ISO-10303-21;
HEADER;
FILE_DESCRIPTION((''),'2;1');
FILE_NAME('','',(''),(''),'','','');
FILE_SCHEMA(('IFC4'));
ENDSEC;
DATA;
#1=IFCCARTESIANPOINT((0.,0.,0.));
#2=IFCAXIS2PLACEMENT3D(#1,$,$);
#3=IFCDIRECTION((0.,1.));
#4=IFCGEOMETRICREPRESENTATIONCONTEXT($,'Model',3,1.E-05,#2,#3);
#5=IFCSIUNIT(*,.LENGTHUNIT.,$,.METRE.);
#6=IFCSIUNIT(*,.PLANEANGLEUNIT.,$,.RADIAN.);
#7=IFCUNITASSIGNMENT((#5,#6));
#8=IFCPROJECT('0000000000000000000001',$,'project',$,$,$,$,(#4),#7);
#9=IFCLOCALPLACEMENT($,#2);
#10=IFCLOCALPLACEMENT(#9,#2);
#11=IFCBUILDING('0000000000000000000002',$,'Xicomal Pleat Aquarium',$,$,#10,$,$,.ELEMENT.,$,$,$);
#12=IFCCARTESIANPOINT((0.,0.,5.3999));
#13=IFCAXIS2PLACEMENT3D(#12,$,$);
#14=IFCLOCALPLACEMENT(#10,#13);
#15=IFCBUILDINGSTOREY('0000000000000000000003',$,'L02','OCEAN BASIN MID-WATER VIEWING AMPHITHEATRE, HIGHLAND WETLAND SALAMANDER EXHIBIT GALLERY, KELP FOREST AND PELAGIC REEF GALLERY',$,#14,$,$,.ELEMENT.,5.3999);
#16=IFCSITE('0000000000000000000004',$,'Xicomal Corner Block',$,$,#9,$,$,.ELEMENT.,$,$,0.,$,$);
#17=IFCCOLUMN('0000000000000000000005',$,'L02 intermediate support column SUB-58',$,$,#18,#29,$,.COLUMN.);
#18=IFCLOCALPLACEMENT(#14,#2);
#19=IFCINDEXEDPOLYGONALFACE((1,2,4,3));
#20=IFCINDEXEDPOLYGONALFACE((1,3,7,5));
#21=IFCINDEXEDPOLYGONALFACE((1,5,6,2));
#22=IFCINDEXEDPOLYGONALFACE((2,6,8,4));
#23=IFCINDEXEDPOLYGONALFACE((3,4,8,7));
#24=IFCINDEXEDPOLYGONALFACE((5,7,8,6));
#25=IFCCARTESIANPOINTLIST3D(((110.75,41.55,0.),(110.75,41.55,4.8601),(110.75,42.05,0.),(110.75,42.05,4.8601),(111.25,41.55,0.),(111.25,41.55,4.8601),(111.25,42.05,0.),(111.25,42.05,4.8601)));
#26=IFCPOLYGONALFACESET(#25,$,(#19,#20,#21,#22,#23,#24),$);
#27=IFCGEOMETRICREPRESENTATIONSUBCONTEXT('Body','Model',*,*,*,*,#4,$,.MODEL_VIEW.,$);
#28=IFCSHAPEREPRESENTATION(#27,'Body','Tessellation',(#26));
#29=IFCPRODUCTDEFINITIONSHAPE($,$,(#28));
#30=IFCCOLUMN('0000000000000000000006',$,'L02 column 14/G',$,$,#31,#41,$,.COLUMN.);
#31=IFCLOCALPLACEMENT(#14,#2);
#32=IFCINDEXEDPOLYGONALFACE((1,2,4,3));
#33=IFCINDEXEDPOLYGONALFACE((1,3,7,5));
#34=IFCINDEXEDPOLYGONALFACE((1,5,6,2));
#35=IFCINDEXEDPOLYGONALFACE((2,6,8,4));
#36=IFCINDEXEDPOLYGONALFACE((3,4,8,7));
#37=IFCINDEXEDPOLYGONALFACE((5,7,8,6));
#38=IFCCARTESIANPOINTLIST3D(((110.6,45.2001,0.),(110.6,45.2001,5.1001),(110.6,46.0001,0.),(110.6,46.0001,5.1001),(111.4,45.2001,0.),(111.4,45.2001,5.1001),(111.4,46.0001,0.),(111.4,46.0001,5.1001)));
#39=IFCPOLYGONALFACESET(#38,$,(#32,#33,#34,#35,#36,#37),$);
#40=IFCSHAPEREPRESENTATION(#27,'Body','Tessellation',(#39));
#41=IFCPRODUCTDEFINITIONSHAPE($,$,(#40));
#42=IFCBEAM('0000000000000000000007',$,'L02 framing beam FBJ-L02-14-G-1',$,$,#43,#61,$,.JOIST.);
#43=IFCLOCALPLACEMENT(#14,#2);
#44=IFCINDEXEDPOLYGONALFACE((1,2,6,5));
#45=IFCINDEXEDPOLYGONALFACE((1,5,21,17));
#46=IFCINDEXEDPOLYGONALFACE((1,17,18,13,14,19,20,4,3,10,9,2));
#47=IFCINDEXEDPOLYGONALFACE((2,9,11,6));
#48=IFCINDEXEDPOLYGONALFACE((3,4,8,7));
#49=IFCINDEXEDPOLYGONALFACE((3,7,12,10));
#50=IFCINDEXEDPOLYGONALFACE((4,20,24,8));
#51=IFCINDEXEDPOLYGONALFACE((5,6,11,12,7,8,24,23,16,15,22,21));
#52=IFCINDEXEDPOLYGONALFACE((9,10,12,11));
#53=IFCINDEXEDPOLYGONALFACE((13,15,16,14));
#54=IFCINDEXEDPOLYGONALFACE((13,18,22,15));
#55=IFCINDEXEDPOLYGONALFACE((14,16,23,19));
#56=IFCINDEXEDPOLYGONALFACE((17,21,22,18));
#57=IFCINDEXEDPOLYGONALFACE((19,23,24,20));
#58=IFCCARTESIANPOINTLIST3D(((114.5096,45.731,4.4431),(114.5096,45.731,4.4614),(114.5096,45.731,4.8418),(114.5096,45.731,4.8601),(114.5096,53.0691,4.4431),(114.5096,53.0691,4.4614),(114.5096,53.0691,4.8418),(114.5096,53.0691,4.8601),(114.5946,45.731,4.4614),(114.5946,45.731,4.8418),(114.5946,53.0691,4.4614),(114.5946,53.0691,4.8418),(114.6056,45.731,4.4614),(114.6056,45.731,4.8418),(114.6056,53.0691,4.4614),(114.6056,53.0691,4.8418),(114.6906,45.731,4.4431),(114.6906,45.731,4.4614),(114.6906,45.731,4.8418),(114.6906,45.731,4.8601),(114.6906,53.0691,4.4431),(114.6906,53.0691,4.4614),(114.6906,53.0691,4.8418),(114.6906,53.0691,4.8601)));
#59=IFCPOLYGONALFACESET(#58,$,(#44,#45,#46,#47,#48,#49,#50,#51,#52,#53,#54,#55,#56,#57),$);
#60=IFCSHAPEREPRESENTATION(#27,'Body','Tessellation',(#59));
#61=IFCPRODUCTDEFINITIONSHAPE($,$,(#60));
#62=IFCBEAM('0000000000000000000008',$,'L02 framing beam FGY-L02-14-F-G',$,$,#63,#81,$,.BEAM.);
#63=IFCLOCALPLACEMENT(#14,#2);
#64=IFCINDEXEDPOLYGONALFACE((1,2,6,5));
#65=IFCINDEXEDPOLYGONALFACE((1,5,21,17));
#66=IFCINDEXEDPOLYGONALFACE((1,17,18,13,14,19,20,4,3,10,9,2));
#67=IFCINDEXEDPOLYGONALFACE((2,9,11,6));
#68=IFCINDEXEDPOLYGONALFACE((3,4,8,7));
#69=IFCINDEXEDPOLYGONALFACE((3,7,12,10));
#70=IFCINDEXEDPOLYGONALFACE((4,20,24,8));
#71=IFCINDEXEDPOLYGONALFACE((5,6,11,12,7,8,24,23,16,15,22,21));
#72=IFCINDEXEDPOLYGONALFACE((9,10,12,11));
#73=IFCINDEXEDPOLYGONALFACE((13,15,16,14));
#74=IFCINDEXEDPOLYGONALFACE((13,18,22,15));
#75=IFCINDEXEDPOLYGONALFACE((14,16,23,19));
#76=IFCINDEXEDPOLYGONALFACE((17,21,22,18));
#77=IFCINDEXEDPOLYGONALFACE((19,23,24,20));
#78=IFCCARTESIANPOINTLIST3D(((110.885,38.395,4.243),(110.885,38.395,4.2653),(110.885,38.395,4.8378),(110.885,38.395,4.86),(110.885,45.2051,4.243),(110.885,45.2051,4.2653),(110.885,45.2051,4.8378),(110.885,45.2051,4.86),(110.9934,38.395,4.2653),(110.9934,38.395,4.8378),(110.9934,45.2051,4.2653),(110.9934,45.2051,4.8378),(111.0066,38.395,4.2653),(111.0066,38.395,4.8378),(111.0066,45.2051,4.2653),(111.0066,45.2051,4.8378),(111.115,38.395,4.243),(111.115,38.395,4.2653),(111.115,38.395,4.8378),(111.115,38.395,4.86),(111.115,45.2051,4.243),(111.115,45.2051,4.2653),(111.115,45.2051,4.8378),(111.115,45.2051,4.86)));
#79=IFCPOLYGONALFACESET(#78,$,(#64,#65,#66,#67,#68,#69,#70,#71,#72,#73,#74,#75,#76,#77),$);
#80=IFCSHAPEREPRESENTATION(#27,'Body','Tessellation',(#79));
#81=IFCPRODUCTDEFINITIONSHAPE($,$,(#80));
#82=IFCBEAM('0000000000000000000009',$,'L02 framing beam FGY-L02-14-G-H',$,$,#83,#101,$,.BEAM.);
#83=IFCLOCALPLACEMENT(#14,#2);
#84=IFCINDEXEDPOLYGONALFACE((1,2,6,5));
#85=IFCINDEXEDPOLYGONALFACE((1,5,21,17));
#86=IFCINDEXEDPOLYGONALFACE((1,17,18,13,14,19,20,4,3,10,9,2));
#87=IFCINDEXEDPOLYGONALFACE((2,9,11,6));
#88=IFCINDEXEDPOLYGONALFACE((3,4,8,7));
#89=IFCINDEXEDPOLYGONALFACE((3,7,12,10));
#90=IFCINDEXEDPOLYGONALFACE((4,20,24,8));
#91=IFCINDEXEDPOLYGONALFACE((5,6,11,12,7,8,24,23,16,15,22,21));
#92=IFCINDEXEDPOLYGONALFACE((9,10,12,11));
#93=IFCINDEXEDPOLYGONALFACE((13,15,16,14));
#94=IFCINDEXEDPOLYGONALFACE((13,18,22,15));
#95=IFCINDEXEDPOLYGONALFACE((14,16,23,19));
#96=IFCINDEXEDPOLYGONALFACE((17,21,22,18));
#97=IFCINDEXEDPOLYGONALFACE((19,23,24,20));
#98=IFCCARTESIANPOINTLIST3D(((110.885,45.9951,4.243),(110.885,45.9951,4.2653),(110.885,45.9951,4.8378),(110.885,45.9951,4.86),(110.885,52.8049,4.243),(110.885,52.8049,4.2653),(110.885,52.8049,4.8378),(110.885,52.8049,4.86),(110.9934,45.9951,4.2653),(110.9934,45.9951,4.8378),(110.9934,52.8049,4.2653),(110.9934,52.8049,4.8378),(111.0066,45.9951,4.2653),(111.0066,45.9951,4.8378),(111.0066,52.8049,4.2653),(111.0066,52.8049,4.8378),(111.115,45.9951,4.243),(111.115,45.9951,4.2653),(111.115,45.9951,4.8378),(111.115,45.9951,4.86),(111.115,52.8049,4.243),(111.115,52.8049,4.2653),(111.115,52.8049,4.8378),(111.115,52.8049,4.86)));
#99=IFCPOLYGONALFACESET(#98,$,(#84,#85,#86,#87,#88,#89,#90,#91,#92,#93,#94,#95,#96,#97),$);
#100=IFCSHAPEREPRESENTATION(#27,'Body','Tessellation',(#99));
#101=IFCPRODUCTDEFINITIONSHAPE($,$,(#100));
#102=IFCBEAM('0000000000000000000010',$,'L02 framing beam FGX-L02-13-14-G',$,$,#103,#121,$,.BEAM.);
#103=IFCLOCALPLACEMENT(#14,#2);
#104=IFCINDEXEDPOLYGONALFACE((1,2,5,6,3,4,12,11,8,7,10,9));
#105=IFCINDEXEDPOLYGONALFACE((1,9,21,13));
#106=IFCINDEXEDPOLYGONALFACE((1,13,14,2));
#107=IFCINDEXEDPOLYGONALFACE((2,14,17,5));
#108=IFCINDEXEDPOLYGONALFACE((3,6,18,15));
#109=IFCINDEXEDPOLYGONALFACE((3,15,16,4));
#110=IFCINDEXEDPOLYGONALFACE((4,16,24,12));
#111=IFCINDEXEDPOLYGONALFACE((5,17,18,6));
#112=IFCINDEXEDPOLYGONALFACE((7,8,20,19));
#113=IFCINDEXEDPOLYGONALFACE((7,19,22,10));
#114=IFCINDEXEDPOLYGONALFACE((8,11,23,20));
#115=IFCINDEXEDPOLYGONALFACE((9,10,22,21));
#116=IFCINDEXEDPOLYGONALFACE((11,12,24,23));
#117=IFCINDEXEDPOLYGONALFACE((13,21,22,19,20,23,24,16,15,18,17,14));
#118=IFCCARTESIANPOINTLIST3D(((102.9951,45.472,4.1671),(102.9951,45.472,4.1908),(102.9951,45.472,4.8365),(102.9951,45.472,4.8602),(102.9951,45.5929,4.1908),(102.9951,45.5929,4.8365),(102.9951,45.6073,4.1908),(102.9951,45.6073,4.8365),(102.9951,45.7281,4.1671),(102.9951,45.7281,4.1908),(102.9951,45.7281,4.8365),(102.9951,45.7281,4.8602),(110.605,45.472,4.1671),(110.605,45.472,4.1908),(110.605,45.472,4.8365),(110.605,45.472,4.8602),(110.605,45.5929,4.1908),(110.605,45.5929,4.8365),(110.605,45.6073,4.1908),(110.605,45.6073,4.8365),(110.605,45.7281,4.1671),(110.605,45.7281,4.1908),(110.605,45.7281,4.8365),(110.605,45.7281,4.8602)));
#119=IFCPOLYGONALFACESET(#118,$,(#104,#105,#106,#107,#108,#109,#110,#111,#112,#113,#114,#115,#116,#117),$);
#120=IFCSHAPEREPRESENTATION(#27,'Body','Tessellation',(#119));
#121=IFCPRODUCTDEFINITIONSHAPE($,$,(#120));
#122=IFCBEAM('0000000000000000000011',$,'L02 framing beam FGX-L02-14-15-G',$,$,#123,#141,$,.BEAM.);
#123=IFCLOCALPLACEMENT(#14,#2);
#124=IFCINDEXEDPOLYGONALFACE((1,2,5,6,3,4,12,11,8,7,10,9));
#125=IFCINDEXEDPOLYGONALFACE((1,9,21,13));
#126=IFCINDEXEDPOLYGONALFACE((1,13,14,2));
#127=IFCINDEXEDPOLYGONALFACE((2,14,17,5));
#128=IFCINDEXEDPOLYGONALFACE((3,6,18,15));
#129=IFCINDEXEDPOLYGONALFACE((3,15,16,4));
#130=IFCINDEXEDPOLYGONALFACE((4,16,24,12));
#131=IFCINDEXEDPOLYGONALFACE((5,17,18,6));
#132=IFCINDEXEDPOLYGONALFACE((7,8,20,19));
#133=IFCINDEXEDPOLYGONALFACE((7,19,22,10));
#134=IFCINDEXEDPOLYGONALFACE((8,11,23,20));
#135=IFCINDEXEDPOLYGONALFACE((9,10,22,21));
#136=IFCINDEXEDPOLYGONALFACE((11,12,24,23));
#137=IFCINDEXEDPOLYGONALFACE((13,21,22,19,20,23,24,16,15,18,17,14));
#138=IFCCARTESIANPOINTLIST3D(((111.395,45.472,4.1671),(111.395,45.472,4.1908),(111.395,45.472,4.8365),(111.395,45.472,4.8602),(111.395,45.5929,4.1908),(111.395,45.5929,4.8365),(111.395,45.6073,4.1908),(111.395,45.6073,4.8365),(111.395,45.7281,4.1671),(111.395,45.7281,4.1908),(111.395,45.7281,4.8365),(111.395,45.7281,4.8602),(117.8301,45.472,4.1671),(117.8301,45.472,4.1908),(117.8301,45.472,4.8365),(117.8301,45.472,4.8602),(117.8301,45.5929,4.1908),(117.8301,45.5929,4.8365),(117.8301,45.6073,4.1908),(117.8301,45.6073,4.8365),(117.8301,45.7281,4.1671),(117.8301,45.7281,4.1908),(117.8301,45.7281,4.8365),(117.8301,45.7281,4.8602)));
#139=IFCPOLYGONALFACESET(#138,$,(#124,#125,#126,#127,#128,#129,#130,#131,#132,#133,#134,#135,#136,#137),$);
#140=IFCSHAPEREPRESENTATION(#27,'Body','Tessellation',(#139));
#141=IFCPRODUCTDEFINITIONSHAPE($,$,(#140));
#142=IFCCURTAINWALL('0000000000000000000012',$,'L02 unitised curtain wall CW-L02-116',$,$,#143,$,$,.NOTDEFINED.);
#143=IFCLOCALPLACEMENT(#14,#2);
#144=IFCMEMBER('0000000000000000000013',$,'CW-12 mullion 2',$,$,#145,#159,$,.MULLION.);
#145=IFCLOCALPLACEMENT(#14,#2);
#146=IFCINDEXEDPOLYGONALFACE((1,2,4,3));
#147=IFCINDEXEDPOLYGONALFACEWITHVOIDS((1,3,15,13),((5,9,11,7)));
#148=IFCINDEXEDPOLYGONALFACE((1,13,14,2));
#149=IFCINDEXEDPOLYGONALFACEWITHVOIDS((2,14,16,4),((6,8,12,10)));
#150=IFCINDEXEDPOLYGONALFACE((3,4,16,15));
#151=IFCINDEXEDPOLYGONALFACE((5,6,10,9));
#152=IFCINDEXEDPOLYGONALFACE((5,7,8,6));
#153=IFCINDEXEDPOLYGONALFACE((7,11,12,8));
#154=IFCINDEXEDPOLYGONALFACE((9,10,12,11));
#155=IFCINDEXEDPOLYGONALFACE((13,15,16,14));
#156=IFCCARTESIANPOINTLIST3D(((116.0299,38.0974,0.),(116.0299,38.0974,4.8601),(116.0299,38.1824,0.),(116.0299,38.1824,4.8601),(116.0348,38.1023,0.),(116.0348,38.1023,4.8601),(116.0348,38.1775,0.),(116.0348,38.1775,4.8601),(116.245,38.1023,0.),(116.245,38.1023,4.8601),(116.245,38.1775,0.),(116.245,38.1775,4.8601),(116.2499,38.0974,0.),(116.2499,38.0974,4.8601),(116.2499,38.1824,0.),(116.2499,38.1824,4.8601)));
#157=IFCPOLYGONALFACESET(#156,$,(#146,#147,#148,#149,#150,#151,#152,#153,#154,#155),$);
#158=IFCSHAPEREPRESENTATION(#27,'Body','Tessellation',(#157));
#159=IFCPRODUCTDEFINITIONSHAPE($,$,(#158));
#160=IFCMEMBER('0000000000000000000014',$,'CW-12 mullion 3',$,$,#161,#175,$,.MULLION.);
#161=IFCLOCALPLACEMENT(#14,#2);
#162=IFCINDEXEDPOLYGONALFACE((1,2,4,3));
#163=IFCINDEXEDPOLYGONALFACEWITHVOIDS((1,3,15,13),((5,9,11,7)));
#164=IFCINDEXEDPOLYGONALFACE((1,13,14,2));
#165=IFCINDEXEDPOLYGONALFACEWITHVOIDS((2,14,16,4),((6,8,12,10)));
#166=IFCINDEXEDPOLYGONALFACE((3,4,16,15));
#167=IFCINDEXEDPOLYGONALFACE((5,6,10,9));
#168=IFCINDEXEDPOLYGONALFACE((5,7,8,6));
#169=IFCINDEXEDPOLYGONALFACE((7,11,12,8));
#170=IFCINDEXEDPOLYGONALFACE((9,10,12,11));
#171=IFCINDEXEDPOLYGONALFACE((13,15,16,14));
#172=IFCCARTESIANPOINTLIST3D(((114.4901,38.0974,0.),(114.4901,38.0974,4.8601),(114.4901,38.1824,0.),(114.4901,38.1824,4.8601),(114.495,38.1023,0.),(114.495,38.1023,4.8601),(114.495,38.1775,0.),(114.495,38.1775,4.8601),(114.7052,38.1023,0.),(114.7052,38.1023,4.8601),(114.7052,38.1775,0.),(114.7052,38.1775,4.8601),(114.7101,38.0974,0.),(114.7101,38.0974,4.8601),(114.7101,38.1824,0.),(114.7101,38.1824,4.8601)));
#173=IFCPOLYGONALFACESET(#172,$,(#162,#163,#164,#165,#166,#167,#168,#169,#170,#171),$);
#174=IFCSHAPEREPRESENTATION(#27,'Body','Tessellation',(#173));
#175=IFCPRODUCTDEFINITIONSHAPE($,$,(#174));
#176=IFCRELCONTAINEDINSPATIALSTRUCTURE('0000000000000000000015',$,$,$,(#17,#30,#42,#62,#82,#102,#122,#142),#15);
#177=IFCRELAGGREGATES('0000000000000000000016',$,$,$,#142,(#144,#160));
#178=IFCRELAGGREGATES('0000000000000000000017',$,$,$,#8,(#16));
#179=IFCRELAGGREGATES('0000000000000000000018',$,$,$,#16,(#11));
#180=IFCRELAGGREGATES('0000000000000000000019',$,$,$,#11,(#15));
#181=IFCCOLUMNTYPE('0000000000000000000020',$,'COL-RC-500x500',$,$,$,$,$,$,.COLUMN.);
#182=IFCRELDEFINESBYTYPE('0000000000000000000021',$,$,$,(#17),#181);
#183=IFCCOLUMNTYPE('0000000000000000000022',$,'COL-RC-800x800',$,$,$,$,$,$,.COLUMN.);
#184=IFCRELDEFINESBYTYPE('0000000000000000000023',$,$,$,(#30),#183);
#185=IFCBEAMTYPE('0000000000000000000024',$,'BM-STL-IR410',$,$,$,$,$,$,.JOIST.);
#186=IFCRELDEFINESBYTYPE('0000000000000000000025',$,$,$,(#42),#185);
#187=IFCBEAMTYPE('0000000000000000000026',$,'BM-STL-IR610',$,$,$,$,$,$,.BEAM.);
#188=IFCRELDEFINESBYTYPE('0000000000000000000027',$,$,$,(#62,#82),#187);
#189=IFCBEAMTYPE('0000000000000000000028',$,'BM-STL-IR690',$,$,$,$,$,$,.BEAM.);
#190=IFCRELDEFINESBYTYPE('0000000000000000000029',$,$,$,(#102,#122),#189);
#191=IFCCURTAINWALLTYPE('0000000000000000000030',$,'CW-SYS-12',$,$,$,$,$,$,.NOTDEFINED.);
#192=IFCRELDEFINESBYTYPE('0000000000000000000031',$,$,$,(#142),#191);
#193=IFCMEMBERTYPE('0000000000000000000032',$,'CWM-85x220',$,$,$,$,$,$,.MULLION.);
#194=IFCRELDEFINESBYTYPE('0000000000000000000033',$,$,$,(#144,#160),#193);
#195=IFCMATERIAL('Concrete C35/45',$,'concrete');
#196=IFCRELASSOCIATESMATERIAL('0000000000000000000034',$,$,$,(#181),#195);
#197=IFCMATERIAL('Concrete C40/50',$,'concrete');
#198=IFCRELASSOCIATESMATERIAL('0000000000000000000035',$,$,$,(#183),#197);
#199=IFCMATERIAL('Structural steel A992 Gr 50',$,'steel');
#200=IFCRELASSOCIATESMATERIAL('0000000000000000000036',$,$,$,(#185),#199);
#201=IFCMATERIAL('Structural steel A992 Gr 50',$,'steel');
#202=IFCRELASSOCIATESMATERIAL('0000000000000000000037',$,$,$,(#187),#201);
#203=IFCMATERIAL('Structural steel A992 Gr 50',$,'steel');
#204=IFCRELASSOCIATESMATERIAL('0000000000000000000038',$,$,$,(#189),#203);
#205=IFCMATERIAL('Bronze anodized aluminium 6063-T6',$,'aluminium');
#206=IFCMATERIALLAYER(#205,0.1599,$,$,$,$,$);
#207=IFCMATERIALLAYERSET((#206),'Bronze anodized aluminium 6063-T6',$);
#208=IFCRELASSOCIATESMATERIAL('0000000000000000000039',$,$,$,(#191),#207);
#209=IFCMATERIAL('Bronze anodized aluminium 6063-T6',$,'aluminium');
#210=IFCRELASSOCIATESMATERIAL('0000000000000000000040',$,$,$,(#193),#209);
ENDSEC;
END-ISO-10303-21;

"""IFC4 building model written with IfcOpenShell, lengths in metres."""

from ifc_helpers import new_model, si_unit, direction, frame, origin, origin_2d, place, context, subcontext, project, spatial, rectangle, hollow_rectangle, i_section, extrude, material, layer, layer_set, material_profile, profile_set, type_object, element, aggregate, save


model = new_model("IFC4")

# Units and contexts
model_context = context("Model", 3, precision=1e-05, world=origin(), true_north=direction((0.0, 1.0)))
body_context = subcontext(model_context, "Body", "Model", "MODEL_VIEW")
ifc_project = project(units=[si_unit("LENGTHUNIT", "METRE"), si_unit("PLANEANGLEUNIT", "RADIAN")], contexts=[model_context])

# Site, building, storey
site_placement = place(None, origin())
site = spatial("IfcSite", under=ifc_project, at=site_placement, Name="Xicomal Corner Block", CompositionType="ELEMENT", RefElevation=0.0)
building_placement = place(site_placement, origin())
building = spatial("IfcBuilding", under=site, at=building_placement, Name="Xicomal Pleat Aquarium", CompositionType="ELEMENT")
storey_placement = place(building_placement, frame((0.0, 0.0, 5.3999)))
storey = spatial("IfcBuildingStorey", under=building, at=storey_placement, Name="L02", Description="OCEAN BASIN MID-WATER VIEWING AMPHITHEATRE, HIGHLAND WETLAND SALAMANDER EXHIBIT GALLERY, KELP FOREST AND PELAGIC REEF GALLERY", CompositionType="ELEMENT", Elevation=5.3999)

# Columns
ifc_material_1 = material(Name="Concrete C35/45", Category="concrete")
ifc_material_profile_1 = material_profile(ifc_material_1, rectangle(XDim=0.5, YDim=0.5, at=origin_2d()), Name="RC 500x500")
ifc_profile_set_1 = profile_set([ifc_material_profile_1], Name="Concrete C35/45")
column_type_1 = type_object("IfcColumnType", Name="COL-RC-500x500", PredefinedType="COLUMN", material=ifc_profile_set_1)
column_1_placement = place(storey_placement, frame((111.0, 41.8, 0.0), z_axis=(0.0, 0.0, 1.0), x_axis=(1.0, 0.0, 0.0)))
element("IfcColumn", 1, at=column_1_placement, inside=storey, type_object=column_type_1, Name="L02 intermediate support column SUB-58", PredefinedType="COLUMN", context=body_context, shape_type="SweptSolid", body=[
    extrude(rectangle(XDim=0.5, YDim=0.5, at=origin_2d()), origin(), (0.0, 0.0, 1.0), 4.8601),
])
ifc_material_2 = material(Name="Concrete C40/50", Category="concrete")
ifc_material_profile_2 = material_profile(ifc_material_2, rectangle(XDim=0.8, YDim=0.8, at=origin_2d()), Name="RC 800x800")
ifc_profile_set_2 = profile_set([ifc_material_profile_2], Name="Concrete C40/50")
column_type_2 = type_object("IfcColumnType", Name="COL-RC-800x800", PredefinedType="COLUMN", material=ifc_profile_set_2)
column_2_placement = place(storey_placement, frame((111.0, 45.6001, 0.0), z_axis=(0.0, 0.0, 1.0), x_axis=(1.0, 0.0, 0.0)))
element("IfcColumn", 2, at=column_2_placement, inside=storey, type_object=column_type_2, Name="L02 column 14/G", PredefinedType="COLUMN", context=body_context, shape_type="SweptSolid", body=[
    extrude(rectangle(XDim=0.8, YDim=0.8, at=origin_2d()), origin(), (0.0, 0.0, 1.0), 5.1001),
])

# Beams
ifc_material_3 = material(Name="Structural steel A992 Gr 50", Category="steel")
ifc_material_profile_3 = material_profile(ifc_material_3, i_section(OverallWidth=0.1809, OverallDepth=0.417, WebThickness=0.011, FlangeThickness=0.0183, at=origin_2d()), Name="IR 410x85")
ifc_profile_set_3 = profile_set([ifc_material_profile_3], Name="Structural steel A992 Gr 50")
beam_type_1 = type_object("IfcBeamType", Name="BM-STL-IR410", PredefinedType="JOIST", material=ifc_profile_set_3)
beam_1_placement = place(storey_placement, frame((114.6001, 45.731, 4.6516), z_axis=(0.0, 1.0, 0.0), x_axis=(-1.0, 0.0, 0.0)))
element("IfcBeam", 3, at=beam_1_placement, inside=storey, type_object=beam_type_1, Name="L02 framing beam FBJ-L02-14-G-1", PredefinedType="JOIST", context=body_context, shape_type="SweptSolid", body=[
    extrude(i_section(OverallWidth=0.1809, OverallDepth=0.417, WebThickness=0.011, FlangeThickness=0.0183, at=origin_2d()), origin(), (0.0, 0.0, 1.0), 7.3381),
])
ifc_material_4 = material(Name="Structural steel A992 Gr 50", Category="steel")
ifc_material_profile_4 = material_profile(ifc_material_4, i_section(OverallWidth=0.23, OverallDepth=0.6169, WebThickness=0.0132, FlangeThickness=0.0222, at=origin_2d()), Name="IR 610x140")
ifc_profile_set_4 = profile_set([ifc_material_profile_4], Name="Structural steel A992 Gr 50")
beam_type_2 = type_object("IfcBeamType", Name="BM-STL-IR610", PredefinedType="BEAM", material=ifc_profile_set_4)
beam_2_placement = place(storey_placement, frame((111.0, 38.395, 4.5515), z_axis=(0.0, 1.0, 0.0), x_axis=(-1.0, 0.0, 0.0)))
element("IfcBeam", 4, at=beam_2_placement, inside=storey, type_object=beam_type_2, Name="L02 framing beam FGY-L02-14-F-G", PredefinedType="BEAM", context=body_context, shape_type="SweptSolid", body=[
    extrude(i_section(OverallWidth=0.23, OverallDepth=0.6169, WebThickness=0.0132, FlangeThickness=0.0222, at=origin_2d()), origin(), (0.0, 0.0, 1.0), 6.8101),
])
beam_3_placement = place(storey_placement, frame((111.0, 45.9951, 4.5515), z_axis=(0.0, 1.0, 0.0), x_axis=(-1.0, 0.0, 0.0)))
element("IfcBeam", 5, at=beam_3_placement, inside=storey, type_object=beam_type_2, Name="L02 framing beam FGY-L02-14-G-H", PredefinedType="BEAM", context=body_context, shape_type="SweptSolid", body=[
    extrude(i_section(OverallWidth=0.23, OverallDepth=0.6169, WebThickness=0.0132, FlangeThickness=0.0222, at=origin_2d()), origin(), (0.0, 0.0, 1.0), 6.8098),
])
ifc_material_5 = material(Name="Structural steel A992 Gr 50", Category="steel")
ifc_material_profile_5 = material_profile(ifc_material_5, i_section(OverallWidth=0.2561, OverallDepth=0.6931, WebThickness=0.0144, FlangeThickness=0.0237, at=origin_2d()), Name="IR 690x170")
ifc_profile_set_5 = profile_set([ifc_material_profile_5], Name="Structural steel A992 Gr 50")
beam_type_3 = type_object("IfcBeamType", Name="BM-STL-IR690", PredefinedType="BEAM", material=ifc_profile_set_5)
beam_4_placement = place(storey_placement, frame((102.9951, 45.6001, 4.5137), z_axis=(1.0, 0.0, 0.0), x_axis=(0.0, 1.0, 0.0)))
element("IfcBeam", 6, at=beam_4_placement, inside=storey, type_object=beam_type_3, Name="L02 framing beam FGX-L02-13-14-G", PredefinedType="BEAM", context=body_context, shape_type="SweptSolid", body=[
    extrude(i_section(OverallWidth=0.2561, OverallDepth=0.6931, WebThickness=0.0144, FlangeThickness=0.0237, at=origin_2d()), origin(), (0.0, 0.0, 1.0), 7.6099),
])
beam_5_placement = place(storey_placement, frame((111.395, 45.6001, 4.5137), z_axis=(1.0, 0.0, 0.0), x_axis=(0.0, 1.0, 0.0)))
element("IfcBeam", 7, at=beam_5_placement, inside=storey, type_object=beam_type_3, Name="L02 framing beam FGX-L02-14-15-G", PredefinedType="BEAM", context=body_context, shape_type="SweptSolid", body=[
    extrude(i_section(OverallWidth=0.2561, OverallDepth=0.6931, WebThickness=0.0144, FlangeThickness=0.0237, at=origin_2d()), origin(), (0.0, 0.0, 1.0), 6.4351),
])

# Curtain wall, members
ifc_material_6 = material(Name="Bronze anodized aluminium 6063-T6", Category="aluminium")
ifc_layer_1 = layer(ifc_material_6, 0.1599)
ifc_layer_set_1 = layer_set([ifc_layer_1], Name="Bronze anodized aluminium 6063-T6")
curtain_wall_type = type_object("IfcCurtainWallType", Name="CW-SYS-12", PredefinedType="NOTDEFINED", material=ifc_layer_set_1)
curtain_wall_placement = place(storey_placement, origin())
curtain_wall = element("IfcCurtainWall", 8, at=curtain_wall_placement, inside=storey, type_object=curtain_wall_type, Name="L02 unitised curtain wall CW-L02-116", PredefinedType="NOTDEFINED")
ifc_material_7 = material(Name="Bronze anodized aluminium 6063-T6", Category="aluminium")
ifc_material_profile_6 = material_profile(ifc_material_7, hollow_rectangle(XDim=0.085, YDim=0.22, WallThickness=0.0049, at=origin_2d()), Name="ALU MULL 85x220")
ifc_profile_set_6 = profile_set([ifc_material_profile_6], Name="Bronze anodized aluminium 6063-T6")
member_type_1 = type_object("IfcMemberType", Name="CWM-85x220", PredefinedType="MULLION", material=ifc_profile_set_6)
member_1_placement = place(storey_placement, frame((116.1399, 38.1399, 0.0), z_axis=(0.0, 0.0, 1.0), x_axis=(0.0, -1.0, 0.0)))
member_1 = element("IfcMember", 9, at=member_1_placement, type_object=member_type_1, Name="CW-12 mullion 2", PredefinedType="MULLION", context=body_context, shape_type="SweptSolid", body=[
    extrude(hollow_rectangle(XDim=0.085, YDim=0.22, WallThickness=0.0049, at=origin_2d()), origin(), (0.0, 0.0, 1.0), 4.8601),
])
member_2_placement = place(storey_placement, frame((114.6001, 38.1399, 0.0), z_axis=(0.0, 0.0, 1.0), x_axis=(0.0, -1.0, 0.0)))
member_2 = element("IfcMember", 10, at=member_2_placement, type_object=member_type_1, Name="CW-12 mullion 3", PredefinedType="MULLION", context=body_context, shape_type="SweptSolid", body=[
    extrude(hollow_rectangle(XDim=0.085, YDim=0.22, WallThickness=0.0049, at=origin_2d()), origin(), (0.0, 0.0, 1.0), 4.8601),
])
aggregate(curtain_wall, [member_1, member_2])

save(model, "model.ifc")
